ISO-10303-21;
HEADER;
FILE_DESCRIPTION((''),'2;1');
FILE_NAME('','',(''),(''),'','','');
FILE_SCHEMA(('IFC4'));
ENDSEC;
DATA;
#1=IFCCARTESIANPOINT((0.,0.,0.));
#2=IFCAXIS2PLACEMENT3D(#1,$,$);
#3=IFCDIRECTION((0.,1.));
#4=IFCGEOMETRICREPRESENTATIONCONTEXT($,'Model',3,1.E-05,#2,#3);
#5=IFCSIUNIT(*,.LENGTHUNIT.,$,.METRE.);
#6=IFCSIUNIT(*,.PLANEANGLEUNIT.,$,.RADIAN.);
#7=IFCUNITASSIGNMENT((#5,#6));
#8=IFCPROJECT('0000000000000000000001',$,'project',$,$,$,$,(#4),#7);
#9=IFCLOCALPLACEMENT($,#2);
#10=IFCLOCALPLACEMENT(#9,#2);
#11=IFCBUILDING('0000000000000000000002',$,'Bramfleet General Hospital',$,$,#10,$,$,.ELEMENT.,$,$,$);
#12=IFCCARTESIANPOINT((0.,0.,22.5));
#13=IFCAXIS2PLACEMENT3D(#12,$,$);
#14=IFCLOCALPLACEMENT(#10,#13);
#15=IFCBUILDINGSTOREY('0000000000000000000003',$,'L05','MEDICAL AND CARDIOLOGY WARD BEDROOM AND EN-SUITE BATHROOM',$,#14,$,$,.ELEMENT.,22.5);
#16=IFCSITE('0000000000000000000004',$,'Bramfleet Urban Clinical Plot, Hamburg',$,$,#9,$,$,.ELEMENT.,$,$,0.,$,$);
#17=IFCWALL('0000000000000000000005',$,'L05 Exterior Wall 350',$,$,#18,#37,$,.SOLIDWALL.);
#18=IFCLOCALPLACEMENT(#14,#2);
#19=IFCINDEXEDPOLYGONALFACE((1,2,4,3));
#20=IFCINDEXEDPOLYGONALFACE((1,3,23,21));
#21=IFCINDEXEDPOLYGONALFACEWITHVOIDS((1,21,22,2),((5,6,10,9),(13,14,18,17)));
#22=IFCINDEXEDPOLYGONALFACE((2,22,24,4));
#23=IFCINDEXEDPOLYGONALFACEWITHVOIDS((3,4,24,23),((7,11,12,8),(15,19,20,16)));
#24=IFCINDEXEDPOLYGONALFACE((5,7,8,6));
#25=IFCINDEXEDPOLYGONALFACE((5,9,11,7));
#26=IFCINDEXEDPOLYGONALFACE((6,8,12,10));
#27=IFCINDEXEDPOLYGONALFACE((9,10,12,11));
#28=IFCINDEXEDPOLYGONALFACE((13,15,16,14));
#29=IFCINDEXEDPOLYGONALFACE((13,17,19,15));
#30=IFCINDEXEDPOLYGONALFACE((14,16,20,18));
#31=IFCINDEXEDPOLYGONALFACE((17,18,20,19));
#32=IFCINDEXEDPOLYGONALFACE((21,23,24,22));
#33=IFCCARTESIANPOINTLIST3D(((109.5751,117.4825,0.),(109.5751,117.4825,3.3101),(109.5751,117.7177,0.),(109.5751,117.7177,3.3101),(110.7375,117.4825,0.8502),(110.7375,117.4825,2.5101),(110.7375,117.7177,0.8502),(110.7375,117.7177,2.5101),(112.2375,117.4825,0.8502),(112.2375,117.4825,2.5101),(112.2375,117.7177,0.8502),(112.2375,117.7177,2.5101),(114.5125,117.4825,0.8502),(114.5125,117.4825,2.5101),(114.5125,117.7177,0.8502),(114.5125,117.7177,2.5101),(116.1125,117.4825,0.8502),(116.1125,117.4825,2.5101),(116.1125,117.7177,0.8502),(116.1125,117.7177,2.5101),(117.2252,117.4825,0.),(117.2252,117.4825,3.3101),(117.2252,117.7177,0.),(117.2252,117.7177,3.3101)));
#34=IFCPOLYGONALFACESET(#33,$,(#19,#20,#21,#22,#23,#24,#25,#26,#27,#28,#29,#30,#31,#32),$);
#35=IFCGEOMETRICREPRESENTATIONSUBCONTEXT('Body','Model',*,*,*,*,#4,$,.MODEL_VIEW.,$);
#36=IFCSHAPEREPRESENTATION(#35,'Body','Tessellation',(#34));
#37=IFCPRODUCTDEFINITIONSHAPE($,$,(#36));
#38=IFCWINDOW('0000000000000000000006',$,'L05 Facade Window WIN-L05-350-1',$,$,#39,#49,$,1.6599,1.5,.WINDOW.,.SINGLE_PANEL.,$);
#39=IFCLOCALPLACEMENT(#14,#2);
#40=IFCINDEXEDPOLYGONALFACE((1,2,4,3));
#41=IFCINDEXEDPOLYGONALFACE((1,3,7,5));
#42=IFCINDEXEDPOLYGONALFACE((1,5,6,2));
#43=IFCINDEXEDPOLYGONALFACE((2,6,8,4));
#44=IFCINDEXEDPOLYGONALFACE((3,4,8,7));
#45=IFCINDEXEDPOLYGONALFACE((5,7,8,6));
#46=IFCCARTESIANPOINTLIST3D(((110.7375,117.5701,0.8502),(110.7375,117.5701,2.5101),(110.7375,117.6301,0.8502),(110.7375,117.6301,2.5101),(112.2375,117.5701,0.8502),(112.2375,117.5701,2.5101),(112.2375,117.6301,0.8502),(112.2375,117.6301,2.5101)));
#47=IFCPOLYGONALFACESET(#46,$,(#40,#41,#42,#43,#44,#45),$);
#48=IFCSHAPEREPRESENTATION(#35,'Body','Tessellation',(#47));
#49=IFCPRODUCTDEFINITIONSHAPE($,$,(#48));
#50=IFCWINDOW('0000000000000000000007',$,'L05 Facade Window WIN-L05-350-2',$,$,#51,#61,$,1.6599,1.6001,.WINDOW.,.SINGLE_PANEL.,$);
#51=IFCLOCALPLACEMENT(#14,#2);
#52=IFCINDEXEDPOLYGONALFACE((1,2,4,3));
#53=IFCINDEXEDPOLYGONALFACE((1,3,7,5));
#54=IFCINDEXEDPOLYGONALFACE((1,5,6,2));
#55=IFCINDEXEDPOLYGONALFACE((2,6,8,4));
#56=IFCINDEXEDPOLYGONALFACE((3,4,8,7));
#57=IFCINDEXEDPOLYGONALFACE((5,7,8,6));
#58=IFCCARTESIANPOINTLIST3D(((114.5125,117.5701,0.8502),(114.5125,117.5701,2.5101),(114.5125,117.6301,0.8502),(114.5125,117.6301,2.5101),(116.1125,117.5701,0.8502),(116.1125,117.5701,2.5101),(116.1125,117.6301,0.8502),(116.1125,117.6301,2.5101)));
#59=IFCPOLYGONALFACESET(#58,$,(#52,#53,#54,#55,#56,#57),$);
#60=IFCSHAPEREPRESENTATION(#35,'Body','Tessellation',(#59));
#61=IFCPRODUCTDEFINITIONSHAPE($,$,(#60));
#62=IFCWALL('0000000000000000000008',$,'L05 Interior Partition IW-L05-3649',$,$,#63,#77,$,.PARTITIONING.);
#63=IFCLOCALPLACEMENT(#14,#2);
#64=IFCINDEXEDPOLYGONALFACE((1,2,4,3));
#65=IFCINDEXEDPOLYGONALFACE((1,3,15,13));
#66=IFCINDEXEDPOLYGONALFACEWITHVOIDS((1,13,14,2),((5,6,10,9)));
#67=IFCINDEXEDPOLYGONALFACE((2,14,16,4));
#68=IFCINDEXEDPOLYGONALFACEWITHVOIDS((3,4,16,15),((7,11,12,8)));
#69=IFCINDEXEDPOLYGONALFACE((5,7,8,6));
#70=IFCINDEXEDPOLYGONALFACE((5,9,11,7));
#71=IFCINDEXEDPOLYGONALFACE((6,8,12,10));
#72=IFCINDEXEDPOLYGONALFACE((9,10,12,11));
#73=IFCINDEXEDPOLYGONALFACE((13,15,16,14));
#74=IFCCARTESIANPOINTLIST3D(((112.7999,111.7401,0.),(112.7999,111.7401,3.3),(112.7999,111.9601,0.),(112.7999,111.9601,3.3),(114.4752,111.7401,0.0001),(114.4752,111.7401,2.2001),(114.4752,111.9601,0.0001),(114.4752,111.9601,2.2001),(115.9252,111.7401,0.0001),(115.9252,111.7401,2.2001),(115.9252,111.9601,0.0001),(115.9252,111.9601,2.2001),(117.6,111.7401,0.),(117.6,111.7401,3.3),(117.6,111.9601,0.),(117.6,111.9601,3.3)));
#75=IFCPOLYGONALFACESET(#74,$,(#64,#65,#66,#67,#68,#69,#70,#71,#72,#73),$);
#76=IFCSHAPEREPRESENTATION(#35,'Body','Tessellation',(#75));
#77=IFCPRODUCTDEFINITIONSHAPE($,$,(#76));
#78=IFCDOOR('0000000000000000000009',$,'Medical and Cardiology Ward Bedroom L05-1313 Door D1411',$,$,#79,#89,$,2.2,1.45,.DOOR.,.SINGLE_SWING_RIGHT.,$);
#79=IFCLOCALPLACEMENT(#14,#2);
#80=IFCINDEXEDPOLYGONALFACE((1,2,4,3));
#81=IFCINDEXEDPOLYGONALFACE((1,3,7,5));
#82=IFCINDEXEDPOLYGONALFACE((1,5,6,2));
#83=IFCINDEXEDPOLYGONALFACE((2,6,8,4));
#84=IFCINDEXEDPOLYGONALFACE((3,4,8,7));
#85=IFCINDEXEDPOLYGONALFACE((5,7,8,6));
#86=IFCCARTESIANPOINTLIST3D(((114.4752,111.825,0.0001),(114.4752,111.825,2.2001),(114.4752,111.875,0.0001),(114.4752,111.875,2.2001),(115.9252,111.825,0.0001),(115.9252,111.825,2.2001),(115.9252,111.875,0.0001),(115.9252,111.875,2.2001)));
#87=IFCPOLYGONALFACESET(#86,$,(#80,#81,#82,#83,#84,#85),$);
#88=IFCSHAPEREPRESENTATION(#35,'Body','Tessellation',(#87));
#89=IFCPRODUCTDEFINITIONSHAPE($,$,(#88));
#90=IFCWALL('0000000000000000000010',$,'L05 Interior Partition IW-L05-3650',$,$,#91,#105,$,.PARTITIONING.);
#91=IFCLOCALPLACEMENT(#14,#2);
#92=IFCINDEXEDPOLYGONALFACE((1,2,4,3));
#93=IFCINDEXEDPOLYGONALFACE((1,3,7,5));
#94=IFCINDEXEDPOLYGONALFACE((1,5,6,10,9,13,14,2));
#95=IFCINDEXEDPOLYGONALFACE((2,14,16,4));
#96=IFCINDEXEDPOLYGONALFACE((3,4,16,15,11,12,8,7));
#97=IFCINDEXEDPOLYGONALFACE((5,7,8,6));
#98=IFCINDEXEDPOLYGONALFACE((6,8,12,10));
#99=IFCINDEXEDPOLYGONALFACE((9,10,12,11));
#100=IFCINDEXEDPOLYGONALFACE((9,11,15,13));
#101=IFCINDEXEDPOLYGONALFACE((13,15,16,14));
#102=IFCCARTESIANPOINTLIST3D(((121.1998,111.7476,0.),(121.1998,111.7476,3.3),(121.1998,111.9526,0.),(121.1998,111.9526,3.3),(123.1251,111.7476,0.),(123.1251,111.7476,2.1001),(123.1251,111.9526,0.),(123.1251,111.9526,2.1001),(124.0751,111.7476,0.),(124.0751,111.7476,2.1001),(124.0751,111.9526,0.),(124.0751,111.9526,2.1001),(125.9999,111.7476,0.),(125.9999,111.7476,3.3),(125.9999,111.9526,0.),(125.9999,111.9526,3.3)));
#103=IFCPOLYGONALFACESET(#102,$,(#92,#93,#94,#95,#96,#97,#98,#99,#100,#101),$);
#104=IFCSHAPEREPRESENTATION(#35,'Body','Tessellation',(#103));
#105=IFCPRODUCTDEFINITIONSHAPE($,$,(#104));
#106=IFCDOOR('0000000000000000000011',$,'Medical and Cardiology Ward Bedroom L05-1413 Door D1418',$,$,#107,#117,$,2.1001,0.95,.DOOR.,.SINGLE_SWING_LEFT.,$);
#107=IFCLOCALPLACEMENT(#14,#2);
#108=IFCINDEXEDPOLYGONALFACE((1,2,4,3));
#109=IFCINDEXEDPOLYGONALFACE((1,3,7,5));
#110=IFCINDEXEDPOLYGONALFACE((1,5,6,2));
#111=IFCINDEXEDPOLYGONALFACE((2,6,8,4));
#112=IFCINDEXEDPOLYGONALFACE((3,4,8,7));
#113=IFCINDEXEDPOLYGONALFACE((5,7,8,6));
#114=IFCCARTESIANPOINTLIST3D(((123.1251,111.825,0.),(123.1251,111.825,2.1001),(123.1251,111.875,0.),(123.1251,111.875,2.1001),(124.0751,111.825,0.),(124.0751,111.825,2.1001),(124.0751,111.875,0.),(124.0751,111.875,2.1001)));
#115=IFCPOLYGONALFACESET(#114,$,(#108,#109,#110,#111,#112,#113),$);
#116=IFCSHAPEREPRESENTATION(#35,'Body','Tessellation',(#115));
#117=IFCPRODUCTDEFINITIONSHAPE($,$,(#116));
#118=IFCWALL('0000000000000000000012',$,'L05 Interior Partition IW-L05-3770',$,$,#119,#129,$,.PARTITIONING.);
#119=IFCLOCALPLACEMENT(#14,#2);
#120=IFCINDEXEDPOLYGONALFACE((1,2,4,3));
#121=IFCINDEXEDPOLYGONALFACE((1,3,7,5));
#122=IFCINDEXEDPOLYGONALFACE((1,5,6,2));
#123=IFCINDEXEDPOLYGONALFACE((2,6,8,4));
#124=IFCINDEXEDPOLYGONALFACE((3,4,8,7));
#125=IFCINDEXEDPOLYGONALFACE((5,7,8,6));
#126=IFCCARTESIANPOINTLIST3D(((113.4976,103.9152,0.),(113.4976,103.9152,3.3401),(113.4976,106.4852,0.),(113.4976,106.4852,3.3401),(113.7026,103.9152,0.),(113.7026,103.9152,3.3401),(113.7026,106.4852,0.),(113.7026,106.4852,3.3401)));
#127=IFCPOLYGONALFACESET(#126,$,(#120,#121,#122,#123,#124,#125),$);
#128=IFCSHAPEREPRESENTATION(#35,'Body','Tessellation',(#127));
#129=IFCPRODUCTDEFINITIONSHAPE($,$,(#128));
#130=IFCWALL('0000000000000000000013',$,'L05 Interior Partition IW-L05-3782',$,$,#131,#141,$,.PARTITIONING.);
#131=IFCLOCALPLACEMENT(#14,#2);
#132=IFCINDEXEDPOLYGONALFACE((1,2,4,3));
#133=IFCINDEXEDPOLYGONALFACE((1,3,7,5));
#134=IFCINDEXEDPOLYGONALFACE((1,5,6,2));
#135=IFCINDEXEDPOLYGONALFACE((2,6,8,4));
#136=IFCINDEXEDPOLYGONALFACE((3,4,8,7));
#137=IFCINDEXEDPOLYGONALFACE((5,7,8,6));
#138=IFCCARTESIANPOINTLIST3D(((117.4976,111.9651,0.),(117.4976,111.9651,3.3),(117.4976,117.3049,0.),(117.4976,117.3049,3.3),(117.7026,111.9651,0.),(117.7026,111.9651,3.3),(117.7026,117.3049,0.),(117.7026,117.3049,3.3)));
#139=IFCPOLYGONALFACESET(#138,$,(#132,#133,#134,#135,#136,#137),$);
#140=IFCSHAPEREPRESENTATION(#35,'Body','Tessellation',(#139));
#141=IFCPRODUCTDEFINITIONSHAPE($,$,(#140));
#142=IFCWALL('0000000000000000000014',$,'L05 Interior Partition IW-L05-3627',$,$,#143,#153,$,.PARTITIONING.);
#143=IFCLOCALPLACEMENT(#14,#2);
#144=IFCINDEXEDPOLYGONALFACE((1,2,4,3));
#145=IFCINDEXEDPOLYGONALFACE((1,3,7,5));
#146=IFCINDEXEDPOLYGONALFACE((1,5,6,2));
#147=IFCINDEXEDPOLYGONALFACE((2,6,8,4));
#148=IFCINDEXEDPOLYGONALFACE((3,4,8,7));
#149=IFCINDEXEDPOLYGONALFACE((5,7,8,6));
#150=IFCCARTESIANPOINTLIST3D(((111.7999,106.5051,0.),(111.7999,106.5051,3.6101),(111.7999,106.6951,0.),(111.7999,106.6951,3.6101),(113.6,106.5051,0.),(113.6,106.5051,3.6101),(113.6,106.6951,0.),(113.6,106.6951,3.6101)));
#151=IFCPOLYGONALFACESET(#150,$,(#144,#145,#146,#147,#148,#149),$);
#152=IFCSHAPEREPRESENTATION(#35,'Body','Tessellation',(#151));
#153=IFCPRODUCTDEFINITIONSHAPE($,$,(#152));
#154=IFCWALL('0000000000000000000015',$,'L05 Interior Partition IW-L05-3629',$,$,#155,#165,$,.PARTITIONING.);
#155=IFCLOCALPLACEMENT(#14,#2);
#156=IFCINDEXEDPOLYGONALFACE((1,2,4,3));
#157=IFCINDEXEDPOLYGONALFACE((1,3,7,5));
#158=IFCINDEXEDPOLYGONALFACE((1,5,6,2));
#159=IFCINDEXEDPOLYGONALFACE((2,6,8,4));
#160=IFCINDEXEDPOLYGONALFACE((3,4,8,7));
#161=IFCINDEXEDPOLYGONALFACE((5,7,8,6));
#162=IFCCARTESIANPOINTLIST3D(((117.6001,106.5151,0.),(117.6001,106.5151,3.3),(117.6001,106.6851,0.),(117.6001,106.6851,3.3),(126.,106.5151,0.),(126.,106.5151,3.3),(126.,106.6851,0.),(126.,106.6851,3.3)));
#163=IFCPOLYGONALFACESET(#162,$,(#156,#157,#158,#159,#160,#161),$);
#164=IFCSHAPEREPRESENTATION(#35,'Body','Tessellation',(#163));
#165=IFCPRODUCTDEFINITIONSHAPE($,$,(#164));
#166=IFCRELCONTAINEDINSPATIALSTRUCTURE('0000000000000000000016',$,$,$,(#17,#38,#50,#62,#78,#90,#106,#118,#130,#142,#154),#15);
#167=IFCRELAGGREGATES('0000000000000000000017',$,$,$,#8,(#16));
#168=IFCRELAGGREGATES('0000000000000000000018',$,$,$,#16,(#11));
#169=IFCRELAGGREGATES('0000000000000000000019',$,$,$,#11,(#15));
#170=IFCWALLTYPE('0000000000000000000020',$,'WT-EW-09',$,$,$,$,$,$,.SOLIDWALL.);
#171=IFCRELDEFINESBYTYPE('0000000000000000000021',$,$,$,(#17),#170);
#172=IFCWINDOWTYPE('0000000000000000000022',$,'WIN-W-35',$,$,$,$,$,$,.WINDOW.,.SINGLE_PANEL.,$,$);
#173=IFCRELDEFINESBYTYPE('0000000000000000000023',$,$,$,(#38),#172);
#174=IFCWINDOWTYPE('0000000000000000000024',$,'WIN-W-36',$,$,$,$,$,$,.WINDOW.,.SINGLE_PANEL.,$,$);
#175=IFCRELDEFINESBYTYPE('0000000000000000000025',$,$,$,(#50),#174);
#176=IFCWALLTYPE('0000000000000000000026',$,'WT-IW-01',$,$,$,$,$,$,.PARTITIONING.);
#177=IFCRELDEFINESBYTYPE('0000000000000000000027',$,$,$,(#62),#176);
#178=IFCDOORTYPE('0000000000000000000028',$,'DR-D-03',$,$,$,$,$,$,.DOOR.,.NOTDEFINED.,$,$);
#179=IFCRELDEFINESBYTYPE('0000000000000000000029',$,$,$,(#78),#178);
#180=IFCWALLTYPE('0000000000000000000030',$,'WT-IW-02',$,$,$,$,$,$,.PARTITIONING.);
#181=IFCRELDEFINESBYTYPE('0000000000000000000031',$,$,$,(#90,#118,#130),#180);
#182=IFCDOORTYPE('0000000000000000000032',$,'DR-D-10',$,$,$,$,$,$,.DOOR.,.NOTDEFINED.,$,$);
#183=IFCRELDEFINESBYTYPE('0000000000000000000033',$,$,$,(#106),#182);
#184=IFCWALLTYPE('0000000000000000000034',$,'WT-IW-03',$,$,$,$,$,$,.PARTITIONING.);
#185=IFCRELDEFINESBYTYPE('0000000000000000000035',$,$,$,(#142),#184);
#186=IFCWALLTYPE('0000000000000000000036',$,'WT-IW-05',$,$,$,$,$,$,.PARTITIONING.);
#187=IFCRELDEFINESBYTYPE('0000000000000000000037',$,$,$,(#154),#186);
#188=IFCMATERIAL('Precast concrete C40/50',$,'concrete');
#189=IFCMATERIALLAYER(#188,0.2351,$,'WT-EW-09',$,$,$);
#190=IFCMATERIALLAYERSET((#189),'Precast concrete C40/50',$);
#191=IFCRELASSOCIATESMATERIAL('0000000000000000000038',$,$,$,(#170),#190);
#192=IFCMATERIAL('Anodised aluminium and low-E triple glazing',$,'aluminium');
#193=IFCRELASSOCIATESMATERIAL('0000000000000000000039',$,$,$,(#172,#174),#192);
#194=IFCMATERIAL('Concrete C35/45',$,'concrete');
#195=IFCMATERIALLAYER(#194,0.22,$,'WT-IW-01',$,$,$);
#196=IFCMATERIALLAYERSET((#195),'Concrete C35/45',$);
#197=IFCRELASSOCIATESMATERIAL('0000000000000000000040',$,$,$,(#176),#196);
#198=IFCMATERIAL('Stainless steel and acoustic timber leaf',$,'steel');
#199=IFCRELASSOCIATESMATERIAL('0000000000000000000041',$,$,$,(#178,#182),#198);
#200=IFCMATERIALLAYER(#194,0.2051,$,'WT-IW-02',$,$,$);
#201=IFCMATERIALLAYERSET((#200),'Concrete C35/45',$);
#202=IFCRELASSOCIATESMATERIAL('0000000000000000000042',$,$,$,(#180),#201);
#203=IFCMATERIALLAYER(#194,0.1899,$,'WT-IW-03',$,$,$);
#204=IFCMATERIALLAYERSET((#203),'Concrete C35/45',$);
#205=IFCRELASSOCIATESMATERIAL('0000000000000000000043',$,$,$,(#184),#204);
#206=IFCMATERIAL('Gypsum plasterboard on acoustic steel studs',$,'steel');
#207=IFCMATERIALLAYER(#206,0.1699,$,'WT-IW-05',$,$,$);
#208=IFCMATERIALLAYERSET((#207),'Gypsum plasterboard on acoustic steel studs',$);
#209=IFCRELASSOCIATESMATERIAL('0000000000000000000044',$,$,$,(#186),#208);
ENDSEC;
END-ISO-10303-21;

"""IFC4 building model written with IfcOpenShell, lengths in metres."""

from ifc_helpers import new_model, si_unit, direction, frame, frame_2d, origin, place, context, subcontext, project, spatial, rectangle, extrude, material, layer, layer_set, type_object, element, fill, save


model = new_model("IFC4")

# Units and contexts
model_context = context("Model", 3, precision=1e-05, world=origin(), true_north=direction((0.0, 1.0)))
body_context = subcontext(model_context, "Body", "Model", "MODEL_VIEW")
ifc_project = project(units=[si_unit("LENGTHUNIT", "METRE"), si_unit("PLANEANGLEUNIT", "RADIAN")], contexts=[model_context])

# Site, building, storey
site_placement = place(None, origin())
site = spatial("IfcSite", under=ifc_project, at=site_placement, Name="Bramfleet Urban Clinical Plot, Hamburg", CompositionType="ELEMENT", RefElevation=0.0)
building_placement = place(site_placement, origin())
building = spatial("IfcBuilding", under=site, at=building_placement, Name="Bramfleet General Hospital", CompositionType="ELEMENT")
storey_placement = place(building_placement, frame((0.0, 0.0, 22.5)))
storey = spatial("IfcBuildingStorey", under=building, at=storey_placement, Name="L05", Description="MEDICAL AND CARDIOLOGY WARD BEDROOM AND EN-SUITE BATHROOM", CompositionType="ELEMENT", Elevation=22.5)

# Wall, openings, windows
ifc_material_1 = material(Name="Precast concrete C40/50", Category="concrete")
ifc_material_2 = material(Name="Anodised aluminium and low-E triple glazing", Category="aluminium")
ifc_layer_1 = layer(ifc_material_1, 0.2351, Name="WT-EW-09")
ifc_layer_set_1 = layer_set([ifc_layer_1], Name="Precast concrete C40/50")
wall_type_1 = type_object("IfcWallType", Name="WT-EW-09", PredefinedType="SOLIDWALL", material=ifc_layer_set_1)
wall_1_placement = place(storey_placement, frame((109.575, 117.6001, 0.0), z_axis=(0.0, 0.0, 1.0), x_axis=(1.0, 0.0, 0.0)))
wall_1 = element("IfcWall", 1, at=wall_1_placement, inside=storey, type_object=wall_type_1, Name="L05 Exterior Wall 350", PredefinedType="SOLIDWALL", context=body_context, shape_type="SweptSolid", body=[
    extrude(rectangle(XDim=7.6501, YDim=0.2351, at=frame_2d((3.8252, 0.0))), origin(), (0.0, 0.0, 1.0), 3.3101),
])
opening_1_placement = place(wall_1_placement, frame((1.1626, 0.0, 0.8501)))
opening_1 = element("IfcOpeningElement", 2, at=opening_1_placement, cuts=wall_1, PredefinedType="OPENING", context=body_context, shape_type="SweptSolid", body=[
    extrude(rectangle(XDim=1.5, YDim=1.6599, at=frame_2d((0.75, 0.8301))), frame((0.0, 0.1274, 0.0), z_axis=(0.0, -1.0, 0.0), x_axis=(1.0, 0.0, 0.0)), (0.0, 0.0, 1.0), 0.2551),
])
opening_2_placement = place(wall_1_placement, frame((4.9375, 0.0, 0.8501)))
opening_2 = element("IfcOpeningElement", 3, at=opening_2_placement, cuts=wall_1, PredefinedType="OPENING", context=body_context, shape_type="SweptSolid", body=[
    extrude(rectangle(XDim=1.6001, YDim=1.6599, at=frame_2d((0.8, 0.8301))), frame((0.0, 0.1274, 0.0), z_axis=(0.0, -1.0, 0.0), x_axis=(1.0, 0.0, 0.0)), (0.0, 0.0, 1.0), 0.2551),
])
window_type_1 = type_object("IfcWindowType", Name="WIN-W-35", PartitioningType="SINGLE_PANEL", PredefinedType="WINDOW", material=ifc_material_2)
window_1_placement = place(opening_1_placement, origin())
window_1 = element("IfcWindow", 4, at=window_1_placement, inside=storey, type_object=window_type_1, Name="L05 Facade Window WIN-L05-350-1", OverallHeight=1.6599, OverallWidth=1.5, PartitioningType="SINGLE_PANEL", PredefinedType="WINDOW", context=body_context, shape_type="SweptSolid", body=[
    extrude(rectangle(XDim=1.5, YDim=1.6599, at=frame_2d((0.75, 0.8301))), frame((0.0, 0.03, 0.0), z_axis=(0.0, -1.0, 0.0), x_axis=(1.0, 0.0, 0.0)), (0.0, 0.0, 1.0), 0.0601),
])
fill(opening_1, window_1)
window_type_2 = type_object("IfcWindowType", Name="WIN-W-36", PartitioningType="SINGLE_PANEL", PredefinedType="WINDOW", material=ifc_material_2)
window_2_placement = place(opening_2_placement, origin())
window_2 = element("IfcWindow", 5, at=window_2_placement, inside=storey, type_object=window_type_2, Name="L05 Facade Window WIN-L05-350-2", OverallHeight=1.6599, OverallWidth=1.6001, PartitioningType="SINGLE_PANEL", PredefinedType="WINDOW", context=body_context, shape_type="SweptSolid", body=[
    extrude(rectangle(XDim=1.6001, YDim=1.6599, at=frame_2d((0.8, 0.8301))), frame((0.0, 0.03, 0.0), z_axis=(0.0, -1.0, 0.0), x_axis=(1.0, 0.0, 0.0)), (0.0, 0.0, 1.0), 0.0601),
])
fill(opening_2, window_2)

# Walls, openings, doors
ifc_material_3 = material(Name="Concrete C35/45", Category="concrete")
ifc_layer_2 = layer(ifc_material_3, 0.22, Name="WT-IW-01")
ifc_layer_set_2 = layer_set([ifc_layer_2], Name="Concrete C35/45")
wall_type_2 = type_object("IfcWallType", Name="WT-IW-01", PredefinedType="PARTITIONING", material=ifc_layer_set_2)
wall_2_placement = place(storey_placement, frame((112.8, 111.8501, 0.0), z_axis=(0.0, 0.0, 1.0), x_axis=(1.0, 0.0, 0.0)))
wall_2 = element("IfcWall", 6, at=wall_2_placement, inside=storey, type_object=wall_type_2, Name="L05 Interior Partition IW-L05-3649", PredefinedType="PARTITIONING", context=body_context, shape_type="SweptSolid", body=[
    extrude(rectangle(XDim=4.8, YDim=0.22, at=frame_2d((2.3999, 0.0))), origin(), (0.0, 0.0, 1.0), 3.3),
])
opening_3_placement = place(wall_2_placement, frame((1.675, 0.0, 0.0)))
opening_3 = element("IfcOpeningElement", 7, at=opening_3_placement, cuts=wall_2, PredefinedType="OPENING", context=body_context, shape_type="SweptSolid", body=[
    extrude(rectangle(XDim=1.45, YDim=2.2, at=frame_2d((0.7251, 1.1001))), frame((0.0, 0.1199, 0.0), z_axis=(0.0, -1.0, 0.0), x_axis=(1.0, 0.0, 0.0)), (0.0, 0.0, 1.0), 0.24),
])
ifc_material_4 = material(Name="Stainless steel and acoustic timber leaf", Category="steel")
door_type_1 = type_object("IfcDoorType", Name="DR-D-03", OperationType="NOTDEFINED", PredefinedType="DOOR", material=ifc_material_4)
door_1_placement = place(opening_3_placement, origin())
door_1 = element("IfcDoor", 8, at=door_1_placement, inside=storey, type_object=door_type_1, Name="Medical and Cardiology Ward Bedroom L05-1313 Door D1411", OperationType="SINGLE_SWING_RIGHT", OverallHeight=2.2, OverallWidth=1.45, PredefinedType="DOOR", context=body_context, shape_type="SweptSolid", body=[
    extrude(rectangle(XDim=1.45, YDim=2.2, at=frame_2d((0.7251, 1.1001))), frame((0.0, 0.0249, 0.0), z_axis=(0.0, -1.0, 0.0), x_axis=(1.0, 0.0, 0.0)), (0.0, 0.0, 1.0), 0.05),
])
fill(opening_3, door_1)
ifc_layer_3 = layer(ifc_material_3, 0.2051, Name="WT-IW-02")
ifc_layer_set_3 = layer_set([ifc_layer_3], Name="Concrete C35/45")
wall_type_3 = type_object("IfcWallType", Name="WT-IW-02", PredefinedType="PARTITIONING", material=ifc_layer_set_3)
wall_3_placement = place(storey_placement, frame((121.2, 111.8501, 0.0), z_axis=(0.0, 0.0, 1.0), x_axis=(1.0, 0.0, 0.0)))
wall_3 = element("IfcWall", 9, at=wall_3_placement, inside=storey, type_object=wall_type_3, Name="L05 Interior Partition IW-L05-3650", PredefinedType="PARTITIONING", context=body_context, shape_type="SweptSolid", body=[
    extrude(rectangle(XDim=4.8, YDim=0.2051, at=frame_2d((2.3999, 0.0))), origin(), (0.0, 0.0, 1.0), 3.3),
])
opening_4_placement = place(wall_3_placement, frame((1.925, 0.0, 0.0)))
opening_4 = element("IfcOpeningElement", 10, at=opening_4_placement, cuts=wall_3, PredefinedType="OPENING", context=body_context, shape_type="SweptSolid", body=[
    extrude(rectangle(XDim=0.95, YDim=2.1001, at=frame_2d((0.4751, 1.05))), frame((0.0, 0.1125, 0.0), z_axis=(0.0, -1.0, 0.0), x_axis=(1.0, 0.0, 0.0)), (0.0, 0.0, 1.0), 0.2251),
])
door_type_2 = type_object("IfcDoorType", Name="DR-D-10", OperationType="NOTDEFINED", PredefinedType="DOOR", material=ifc_material_4)
door_2_placement = place(opening_4_placement, origin())
door_2 = element("IfcDoor", 11, at=door_2_placement, inside=storey, type_object=door_type_2, Name="Medical and Cardiology Ward Bedroom L05-1413 Door D1418", OperationType="SINGLE_SWING_LEFT", OverallHeight=2.1001, OverallWidth=0.95, PredefinedType="DOOR", context=body_context, shape_type="SweptSolid", body=[
    extrude(rectangle(XDim=0.95, YDim=2.1001, at=frame_2d((0.4751, 1.05))), frame((0.0, 0.0249, 0.0), z_axis=(0.0, -1.0, 0.0), x_axis=(1.0, 0.0, 0.0)), (0.0, 0.0, 1.0), 0.05),
])
fill(opening_4, door_2)

# Walls
wall_4_placement = place(storey_placement, frame((113.6001, 103.915, 0.0), z_axis=(0.0, 0.0, 1.0), x_axis=(0.0, 1.0, 0.0)))
element("IfcWall", 12, at=wall_4_placement, inside=storey, type_object=wall_type_3, Name="L05 Interior Partition IW-L05-3770", PredefinedType="PARTITIONING", context=body_context, shape_type="SweptSolid", body=[
    extrude(rectangle(XDim=2.5701, YDim=0.2051, at=frame_2d((1.2852, 0.0))), origin(), (0.0, 0.0, 1.0), 3.3401),
])
wall_5_placement = place(storey_placement, frame((117.6001, 111.9651, 0.0), z_axis=(0.0, 0.0, 1.0), x_axis=(0.0, 1.0, 0.0)))
element("IfcWall", 13, at=wall_5_placement, inside=storey, type_object=wall_type_3, Name="L05 Interior Partition IW-L05-3782", PredefinedType="PARTITIONING", context=body_context, shape_type="SweptSolid", body=[
    extrude(rectangle(XDim=5.3398, YDim=0.2051, at=frame_2d((2.6699, 0.0))), origin(), (0.0, 0.0, 1.0), 3.3),
])
ifc_layer_4 = layer(ifc_material_3, 0.1899, Name="WT-IW-03")
ifc_layer_set_4 = layer_set([ifc_layer_4], Name="Concrete C35/45")
wall_type_4 = type_object("IfcWallType", Name="WT-IW-03", PredefinedType="PARTITIONING", material=ifc_layer_set_4)
wall_6_placement = place(storey_placement, frame((111.8, 106.6001, 0.0), z_axis=(0.0, 0.0, 1.0), x_axis=(1.0, 0.0, 0.0)))
element("IfcWall", 14, at=wall_6_placement, inside=storey, type_object=wall_type_4, Name="L05 Interior Partition IW-L05-3627", PredefinedType="PARTITIONING", context=body_context, shape_type="SweptSolid", body=[
    extrude(rectangle(XDim=1.8, YDim=0.1899, at=frame_2d((0.8999, 0.0))), origin(), (0.0, 0.0, 1.0), 3.6101),
])
ifc_material_5 = material(Name="Gypsum plasterboard on acoustic steel studs", Category="steel")
ifc_layer_5 = layer(ifc_material_5, 0.1699, Name="WT-IW-05")
ifc_layer_set_5 = layer_set([ifc_layer_5], Name="Gypsum plasterboard on acoustic steel studs")
wall_type_5 = type_object("IfcWallType", Name="WT-IW-05", PredefinedType="PARTITIONING", material=ifc_layer_set_5)
wall_7_placement = place(storey_placement, frame((117.6001, 106.6001, 0.0), z_axis=(0.0, 0.0, 1.0), x_axis=(1.0, 0.0, 0.0)))
element("IfcWall", 15, at=wall_7_placement, inside=storey, type_object=wall_type_5, Name="L05 Interior Partition IW-L05-3629", PredefinedType="PARTITIONING", context=body_context, shape_type="SweptSolid", body=[
    extrude(rectangle(XDim=8.3999, YDim=0.1699, at=frame_2d((4.2, 0.0))), origin(), (0.0, 0.0, 1.0), 3.3),
])

save(model, "model.ifc")
